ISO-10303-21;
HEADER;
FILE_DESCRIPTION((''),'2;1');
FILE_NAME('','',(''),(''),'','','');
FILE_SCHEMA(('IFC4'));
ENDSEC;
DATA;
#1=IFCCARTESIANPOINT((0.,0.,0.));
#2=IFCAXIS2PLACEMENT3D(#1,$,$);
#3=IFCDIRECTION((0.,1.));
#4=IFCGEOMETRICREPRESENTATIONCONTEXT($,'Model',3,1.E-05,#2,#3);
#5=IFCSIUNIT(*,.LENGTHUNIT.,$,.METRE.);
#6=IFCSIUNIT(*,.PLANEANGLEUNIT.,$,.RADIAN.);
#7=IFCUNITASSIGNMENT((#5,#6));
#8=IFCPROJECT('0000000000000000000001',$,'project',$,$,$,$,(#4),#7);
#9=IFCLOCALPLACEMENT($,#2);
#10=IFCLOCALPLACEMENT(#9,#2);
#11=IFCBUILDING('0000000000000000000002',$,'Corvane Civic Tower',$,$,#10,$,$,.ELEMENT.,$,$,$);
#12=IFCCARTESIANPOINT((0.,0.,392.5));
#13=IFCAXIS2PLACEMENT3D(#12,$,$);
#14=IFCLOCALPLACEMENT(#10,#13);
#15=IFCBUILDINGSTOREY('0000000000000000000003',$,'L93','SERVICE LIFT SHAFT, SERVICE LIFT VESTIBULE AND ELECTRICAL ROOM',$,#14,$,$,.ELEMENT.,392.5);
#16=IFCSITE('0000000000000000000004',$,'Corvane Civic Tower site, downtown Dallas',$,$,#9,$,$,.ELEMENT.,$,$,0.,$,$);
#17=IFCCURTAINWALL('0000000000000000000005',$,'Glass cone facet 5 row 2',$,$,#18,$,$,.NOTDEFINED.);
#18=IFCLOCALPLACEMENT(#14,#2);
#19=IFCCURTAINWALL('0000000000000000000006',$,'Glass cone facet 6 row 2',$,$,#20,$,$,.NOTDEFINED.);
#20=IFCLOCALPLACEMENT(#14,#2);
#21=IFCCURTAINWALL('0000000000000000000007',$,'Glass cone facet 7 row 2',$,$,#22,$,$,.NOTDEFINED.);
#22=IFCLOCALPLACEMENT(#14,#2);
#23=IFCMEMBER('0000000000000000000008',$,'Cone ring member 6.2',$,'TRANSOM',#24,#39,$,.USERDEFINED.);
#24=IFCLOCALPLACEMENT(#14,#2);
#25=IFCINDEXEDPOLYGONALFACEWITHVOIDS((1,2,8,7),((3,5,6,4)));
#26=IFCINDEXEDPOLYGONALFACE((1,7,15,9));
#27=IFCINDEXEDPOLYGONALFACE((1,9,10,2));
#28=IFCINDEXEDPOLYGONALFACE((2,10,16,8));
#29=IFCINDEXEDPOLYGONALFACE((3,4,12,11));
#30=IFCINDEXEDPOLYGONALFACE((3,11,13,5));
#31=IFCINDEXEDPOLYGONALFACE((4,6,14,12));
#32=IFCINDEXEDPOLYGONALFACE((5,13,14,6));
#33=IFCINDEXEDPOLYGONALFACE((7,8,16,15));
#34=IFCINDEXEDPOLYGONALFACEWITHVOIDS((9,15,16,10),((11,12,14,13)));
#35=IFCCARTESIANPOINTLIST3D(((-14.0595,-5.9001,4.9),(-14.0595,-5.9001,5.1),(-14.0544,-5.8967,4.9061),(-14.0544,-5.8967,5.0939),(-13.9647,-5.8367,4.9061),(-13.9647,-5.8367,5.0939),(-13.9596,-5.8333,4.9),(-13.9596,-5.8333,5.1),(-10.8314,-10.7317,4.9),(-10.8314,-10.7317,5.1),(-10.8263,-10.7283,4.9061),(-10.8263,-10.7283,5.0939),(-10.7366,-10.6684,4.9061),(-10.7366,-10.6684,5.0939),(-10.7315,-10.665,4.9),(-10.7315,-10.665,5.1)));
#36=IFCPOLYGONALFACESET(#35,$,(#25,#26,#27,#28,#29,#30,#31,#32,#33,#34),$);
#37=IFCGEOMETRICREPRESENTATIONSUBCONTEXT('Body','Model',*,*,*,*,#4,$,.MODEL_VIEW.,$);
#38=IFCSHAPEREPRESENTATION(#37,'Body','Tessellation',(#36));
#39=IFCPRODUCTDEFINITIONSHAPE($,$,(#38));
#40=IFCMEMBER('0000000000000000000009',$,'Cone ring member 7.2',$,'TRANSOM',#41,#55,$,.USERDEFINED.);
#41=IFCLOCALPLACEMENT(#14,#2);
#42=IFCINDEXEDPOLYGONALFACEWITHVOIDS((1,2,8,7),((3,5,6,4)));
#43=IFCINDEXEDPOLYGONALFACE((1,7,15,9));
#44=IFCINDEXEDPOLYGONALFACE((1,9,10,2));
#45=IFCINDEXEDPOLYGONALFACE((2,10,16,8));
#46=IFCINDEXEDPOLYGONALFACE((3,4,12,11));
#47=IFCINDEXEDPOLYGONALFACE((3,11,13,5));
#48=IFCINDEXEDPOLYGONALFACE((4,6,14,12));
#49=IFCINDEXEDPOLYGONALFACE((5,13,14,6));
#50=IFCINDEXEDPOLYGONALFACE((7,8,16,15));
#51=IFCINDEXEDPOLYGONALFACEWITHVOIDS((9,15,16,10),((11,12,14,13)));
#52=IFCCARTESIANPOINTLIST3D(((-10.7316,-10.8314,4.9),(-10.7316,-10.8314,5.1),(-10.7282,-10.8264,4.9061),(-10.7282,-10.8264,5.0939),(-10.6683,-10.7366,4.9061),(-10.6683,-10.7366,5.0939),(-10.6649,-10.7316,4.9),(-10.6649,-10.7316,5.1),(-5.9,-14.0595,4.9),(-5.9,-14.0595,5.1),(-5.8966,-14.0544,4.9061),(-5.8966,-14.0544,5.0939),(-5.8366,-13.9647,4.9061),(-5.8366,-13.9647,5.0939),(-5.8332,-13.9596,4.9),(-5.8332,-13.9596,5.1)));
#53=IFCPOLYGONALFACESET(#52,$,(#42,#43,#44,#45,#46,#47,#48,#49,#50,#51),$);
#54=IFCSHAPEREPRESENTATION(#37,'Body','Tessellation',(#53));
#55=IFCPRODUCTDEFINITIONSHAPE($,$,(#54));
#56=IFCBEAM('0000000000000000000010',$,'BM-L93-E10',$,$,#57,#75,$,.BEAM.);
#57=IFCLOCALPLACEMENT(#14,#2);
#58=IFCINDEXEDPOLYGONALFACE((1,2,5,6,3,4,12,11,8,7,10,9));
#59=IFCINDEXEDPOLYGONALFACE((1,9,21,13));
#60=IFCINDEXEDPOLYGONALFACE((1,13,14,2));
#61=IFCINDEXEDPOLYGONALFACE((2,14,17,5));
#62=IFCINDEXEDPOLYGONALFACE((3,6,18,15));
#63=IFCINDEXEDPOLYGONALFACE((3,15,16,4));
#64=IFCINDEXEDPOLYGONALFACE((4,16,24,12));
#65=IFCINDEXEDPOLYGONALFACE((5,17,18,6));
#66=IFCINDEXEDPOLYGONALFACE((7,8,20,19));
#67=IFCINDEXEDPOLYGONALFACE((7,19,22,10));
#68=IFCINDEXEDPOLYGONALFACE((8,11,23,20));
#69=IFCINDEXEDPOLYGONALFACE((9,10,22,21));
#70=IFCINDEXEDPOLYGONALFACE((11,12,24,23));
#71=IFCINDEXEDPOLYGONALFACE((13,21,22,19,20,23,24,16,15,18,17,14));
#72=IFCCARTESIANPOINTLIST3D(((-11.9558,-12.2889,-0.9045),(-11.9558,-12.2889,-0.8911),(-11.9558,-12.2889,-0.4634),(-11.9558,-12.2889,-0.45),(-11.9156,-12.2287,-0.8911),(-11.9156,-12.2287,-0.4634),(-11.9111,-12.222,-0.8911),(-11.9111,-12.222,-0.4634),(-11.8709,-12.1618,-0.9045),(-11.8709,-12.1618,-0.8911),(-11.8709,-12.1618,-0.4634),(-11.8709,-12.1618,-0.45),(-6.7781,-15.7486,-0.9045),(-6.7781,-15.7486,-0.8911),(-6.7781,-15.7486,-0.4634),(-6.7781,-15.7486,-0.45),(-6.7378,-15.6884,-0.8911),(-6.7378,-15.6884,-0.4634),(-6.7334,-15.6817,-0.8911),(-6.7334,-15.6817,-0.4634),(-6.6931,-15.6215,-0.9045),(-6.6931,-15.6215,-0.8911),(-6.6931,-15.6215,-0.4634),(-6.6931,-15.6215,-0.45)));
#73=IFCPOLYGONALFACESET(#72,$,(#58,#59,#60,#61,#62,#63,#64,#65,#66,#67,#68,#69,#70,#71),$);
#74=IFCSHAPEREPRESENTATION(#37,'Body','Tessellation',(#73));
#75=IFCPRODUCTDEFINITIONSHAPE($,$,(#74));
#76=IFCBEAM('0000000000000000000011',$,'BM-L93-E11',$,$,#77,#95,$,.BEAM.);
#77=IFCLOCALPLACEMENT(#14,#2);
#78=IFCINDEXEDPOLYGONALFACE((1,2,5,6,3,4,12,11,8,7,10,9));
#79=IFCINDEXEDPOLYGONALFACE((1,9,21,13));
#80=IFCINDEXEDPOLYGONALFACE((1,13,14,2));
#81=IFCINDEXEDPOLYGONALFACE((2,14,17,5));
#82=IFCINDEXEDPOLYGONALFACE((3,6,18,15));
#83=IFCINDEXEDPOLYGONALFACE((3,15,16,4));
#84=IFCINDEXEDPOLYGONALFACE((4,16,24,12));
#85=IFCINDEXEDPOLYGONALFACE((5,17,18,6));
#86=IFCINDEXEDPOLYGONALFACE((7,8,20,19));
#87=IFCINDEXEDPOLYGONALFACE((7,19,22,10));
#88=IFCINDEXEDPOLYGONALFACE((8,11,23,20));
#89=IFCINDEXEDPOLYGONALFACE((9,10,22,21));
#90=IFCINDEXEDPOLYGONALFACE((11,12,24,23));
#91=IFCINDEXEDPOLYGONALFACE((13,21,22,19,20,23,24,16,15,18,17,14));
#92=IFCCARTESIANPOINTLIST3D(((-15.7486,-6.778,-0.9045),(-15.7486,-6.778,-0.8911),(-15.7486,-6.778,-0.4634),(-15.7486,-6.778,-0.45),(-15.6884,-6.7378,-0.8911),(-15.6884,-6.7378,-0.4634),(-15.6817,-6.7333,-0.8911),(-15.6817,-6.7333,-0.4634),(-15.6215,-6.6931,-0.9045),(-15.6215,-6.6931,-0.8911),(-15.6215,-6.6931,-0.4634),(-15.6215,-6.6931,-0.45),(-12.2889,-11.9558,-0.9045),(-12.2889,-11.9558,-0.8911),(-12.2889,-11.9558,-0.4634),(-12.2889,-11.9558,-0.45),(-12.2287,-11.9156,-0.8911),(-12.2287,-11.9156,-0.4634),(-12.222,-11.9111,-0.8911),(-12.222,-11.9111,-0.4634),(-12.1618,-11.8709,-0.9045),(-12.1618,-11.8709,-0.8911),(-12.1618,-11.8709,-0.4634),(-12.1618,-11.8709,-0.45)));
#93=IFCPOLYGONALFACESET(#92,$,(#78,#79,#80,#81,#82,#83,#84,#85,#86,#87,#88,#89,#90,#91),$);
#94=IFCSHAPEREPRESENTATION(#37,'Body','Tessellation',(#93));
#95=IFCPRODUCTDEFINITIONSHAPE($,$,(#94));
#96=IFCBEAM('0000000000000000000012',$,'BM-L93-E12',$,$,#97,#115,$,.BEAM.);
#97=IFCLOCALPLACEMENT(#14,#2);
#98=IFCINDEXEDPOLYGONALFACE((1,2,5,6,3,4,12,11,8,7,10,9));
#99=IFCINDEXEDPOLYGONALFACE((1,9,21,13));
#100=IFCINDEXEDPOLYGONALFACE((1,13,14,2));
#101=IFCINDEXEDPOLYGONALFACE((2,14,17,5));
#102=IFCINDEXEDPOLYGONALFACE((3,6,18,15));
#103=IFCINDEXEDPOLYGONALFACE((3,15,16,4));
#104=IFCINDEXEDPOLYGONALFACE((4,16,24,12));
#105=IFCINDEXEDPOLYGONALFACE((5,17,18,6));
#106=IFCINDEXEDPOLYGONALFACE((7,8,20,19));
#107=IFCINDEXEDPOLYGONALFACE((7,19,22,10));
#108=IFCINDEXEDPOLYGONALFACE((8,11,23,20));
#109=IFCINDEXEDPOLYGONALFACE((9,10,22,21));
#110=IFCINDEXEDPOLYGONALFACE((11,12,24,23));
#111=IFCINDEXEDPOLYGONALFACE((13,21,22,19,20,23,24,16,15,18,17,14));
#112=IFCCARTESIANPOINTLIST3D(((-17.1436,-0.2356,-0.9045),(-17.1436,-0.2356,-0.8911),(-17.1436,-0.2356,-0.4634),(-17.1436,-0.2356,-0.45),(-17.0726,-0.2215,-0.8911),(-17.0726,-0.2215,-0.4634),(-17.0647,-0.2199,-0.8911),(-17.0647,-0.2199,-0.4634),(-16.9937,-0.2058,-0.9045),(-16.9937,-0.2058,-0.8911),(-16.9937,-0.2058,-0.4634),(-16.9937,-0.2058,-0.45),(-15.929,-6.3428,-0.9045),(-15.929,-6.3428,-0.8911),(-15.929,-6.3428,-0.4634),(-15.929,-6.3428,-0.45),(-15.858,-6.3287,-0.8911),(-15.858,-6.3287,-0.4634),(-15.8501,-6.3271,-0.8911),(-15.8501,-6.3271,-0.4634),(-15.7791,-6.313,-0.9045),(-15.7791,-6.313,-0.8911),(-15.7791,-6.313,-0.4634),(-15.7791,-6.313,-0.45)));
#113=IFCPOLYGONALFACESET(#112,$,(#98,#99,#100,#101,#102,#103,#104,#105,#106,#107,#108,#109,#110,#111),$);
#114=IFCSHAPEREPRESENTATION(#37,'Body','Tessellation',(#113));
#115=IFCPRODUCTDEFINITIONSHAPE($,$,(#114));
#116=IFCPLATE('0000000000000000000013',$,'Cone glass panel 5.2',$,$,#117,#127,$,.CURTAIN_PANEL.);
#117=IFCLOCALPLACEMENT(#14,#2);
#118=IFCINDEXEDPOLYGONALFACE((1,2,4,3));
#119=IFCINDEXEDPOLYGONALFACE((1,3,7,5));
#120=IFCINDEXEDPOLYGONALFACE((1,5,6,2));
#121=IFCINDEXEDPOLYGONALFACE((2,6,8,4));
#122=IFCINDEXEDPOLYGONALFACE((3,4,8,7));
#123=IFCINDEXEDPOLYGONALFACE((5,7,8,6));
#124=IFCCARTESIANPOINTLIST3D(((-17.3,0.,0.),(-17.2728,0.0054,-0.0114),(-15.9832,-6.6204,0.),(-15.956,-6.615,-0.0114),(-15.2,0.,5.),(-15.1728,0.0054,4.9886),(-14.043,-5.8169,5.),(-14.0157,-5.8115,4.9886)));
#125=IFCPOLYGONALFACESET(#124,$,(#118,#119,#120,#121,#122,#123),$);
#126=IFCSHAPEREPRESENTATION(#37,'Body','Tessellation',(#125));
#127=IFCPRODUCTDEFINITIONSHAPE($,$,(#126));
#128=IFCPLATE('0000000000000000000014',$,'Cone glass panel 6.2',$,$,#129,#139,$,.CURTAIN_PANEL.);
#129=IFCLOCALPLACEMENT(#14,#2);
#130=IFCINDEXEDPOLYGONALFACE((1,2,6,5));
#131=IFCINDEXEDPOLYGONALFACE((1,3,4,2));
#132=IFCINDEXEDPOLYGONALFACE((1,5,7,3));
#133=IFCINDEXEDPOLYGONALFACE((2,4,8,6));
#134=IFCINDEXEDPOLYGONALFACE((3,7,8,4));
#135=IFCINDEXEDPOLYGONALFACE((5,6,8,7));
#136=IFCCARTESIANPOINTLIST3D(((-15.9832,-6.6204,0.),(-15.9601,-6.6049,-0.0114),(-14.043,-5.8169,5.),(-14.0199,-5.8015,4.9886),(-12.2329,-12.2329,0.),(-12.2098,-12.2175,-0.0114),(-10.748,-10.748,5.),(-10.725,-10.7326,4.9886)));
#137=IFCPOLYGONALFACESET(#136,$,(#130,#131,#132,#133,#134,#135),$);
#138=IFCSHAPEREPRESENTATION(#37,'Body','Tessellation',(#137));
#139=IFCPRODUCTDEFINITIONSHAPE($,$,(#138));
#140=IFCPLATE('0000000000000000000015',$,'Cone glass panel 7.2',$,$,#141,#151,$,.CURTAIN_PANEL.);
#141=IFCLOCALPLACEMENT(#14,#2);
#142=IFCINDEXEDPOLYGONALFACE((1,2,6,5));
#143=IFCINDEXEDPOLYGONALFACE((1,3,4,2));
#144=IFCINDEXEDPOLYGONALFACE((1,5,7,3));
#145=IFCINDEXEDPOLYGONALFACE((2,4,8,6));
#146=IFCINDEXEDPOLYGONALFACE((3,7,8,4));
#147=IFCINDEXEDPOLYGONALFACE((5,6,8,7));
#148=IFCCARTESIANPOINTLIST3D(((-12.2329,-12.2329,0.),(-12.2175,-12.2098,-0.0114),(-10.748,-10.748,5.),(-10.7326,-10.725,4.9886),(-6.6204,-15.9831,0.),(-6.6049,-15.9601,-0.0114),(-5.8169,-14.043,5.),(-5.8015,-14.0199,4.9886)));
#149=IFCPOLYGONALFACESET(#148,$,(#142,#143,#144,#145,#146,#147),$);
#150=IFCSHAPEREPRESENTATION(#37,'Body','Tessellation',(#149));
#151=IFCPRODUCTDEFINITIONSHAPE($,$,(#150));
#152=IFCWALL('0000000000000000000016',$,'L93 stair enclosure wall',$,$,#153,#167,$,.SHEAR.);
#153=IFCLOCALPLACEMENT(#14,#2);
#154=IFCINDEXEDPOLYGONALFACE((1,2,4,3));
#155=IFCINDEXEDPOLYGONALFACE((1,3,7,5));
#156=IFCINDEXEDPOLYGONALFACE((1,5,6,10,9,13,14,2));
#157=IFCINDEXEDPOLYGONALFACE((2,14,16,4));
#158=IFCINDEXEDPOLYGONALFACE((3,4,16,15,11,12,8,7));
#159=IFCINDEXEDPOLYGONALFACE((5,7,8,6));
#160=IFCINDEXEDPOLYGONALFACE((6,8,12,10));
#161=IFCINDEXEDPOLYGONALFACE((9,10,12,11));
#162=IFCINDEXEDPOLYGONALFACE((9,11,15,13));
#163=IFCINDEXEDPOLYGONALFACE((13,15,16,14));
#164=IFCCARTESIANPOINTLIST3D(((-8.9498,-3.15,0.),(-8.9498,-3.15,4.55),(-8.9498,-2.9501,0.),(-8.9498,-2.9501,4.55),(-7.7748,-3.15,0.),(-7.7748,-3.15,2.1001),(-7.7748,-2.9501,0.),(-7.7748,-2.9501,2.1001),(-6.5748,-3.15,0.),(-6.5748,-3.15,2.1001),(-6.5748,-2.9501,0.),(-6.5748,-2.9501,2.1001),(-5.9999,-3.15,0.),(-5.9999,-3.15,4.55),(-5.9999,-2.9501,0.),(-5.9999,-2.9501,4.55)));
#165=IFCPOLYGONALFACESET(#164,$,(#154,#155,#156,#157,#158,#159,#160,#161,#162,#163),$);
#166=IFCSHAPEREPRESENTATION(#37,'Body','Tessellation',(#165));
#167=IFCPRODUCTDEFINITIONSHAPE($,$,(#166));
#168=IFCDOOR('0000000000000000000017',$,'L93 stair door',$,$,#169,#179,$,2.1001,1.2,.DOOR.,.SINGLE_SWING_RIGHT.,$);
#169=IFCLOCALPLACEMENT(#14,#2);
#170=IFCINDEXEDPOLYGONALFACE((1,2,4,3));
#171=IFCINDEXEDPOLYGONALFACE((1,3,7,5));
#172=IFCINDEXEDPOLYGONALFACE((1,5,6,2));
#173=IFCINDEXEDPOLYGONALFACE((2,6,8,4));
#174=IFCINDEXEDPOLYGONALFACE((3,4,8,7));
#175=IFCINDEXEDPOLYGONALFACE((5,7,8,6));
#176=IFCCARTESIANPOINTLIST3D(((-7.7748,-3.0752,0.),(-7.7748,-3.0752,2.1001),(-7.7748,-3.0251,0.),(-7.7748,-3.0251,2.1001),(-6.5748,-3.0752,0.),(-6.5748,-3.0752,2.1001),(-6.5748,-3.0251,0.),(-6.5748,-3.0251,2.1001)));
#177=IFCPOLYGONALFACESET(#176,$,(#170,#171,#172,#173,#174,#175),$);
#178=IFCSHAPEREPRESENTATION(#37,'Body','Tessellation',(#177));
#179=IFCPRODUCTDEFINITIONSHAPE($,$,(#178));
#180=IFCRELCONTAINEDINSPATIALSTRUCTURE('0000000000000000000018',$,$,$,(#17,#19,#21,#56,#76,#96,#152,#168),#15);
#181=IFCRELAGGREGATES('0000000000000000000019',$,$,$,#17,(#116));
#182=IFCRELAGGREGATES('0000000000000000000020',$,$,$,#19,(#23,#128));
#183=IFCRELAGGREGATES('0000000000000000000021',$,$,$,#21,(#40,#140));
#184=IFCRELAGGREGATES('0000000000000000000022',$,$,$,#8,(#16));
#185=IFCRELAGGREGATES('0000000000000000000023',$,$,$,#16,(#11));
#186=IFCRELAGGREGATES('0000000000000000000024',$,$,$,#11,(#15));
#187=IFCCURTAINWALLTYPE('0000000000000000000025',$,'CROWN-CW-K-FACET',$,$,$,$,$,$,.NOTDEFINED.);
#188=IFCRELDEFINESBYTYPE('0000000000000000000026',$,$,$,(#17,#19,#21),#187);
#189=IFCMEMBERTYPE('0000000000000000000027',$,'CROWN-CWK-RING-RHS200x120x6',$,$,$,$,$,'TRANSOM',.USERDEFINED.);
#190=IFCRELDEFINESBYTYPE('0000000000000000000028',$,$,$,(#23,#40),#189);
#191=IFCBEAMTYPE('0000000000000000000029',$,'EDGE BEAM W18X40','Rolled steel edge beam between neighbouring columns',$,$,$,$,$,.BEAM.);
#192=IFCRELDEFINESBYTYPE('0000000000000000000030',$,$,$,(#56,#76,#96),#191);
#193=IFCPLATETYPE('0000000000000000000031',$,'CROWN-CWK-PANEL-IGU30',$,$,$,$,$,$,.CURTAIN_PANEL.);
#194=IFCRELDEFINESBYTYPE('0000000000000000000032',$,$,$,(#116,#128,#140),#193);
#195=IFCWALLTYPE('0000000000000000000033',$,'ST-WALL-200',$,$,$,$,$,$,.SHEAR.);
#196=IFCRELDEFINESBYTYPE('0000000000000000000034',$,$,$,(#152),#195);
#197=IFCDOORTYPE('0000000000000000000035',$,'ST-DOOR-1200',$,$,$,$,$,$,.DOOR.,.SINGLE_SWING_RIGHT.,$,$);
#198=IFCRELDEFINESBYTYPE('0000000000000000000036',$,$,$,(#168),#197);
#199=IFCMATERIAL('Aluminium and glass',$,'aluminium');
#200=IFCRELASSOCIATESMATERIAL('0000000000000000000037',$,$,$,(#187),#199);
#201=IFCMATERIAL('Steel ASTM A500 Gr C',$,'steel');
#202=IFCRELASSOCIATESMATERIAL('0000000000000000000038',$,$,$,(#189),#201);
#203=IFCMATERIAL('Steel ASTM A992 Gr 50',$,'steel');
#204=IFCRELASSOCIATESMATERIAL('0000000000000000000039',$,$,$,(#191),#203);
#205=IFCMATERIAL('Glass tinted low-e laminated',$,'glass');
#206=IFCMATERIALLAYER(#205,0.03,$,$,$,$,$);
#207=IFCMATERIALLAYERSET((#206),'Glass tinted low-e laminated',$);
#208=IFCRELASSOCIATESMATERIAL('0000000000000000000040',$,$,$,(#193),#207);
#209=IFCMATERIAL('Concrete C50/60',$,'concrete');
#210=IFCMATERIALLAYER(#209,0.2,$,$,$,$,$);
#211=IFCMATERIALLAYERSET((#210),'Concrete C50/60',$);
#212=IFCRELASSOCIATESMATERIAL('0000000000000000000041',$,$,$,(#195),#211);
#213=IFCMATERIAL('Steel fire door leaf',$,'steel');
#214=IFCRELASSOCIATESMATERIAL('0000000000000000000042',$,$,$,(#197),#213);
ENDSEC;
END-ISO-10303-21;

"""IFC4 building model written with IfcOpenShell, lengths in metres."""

from ifc_helpers import new_model, si_unit, direction, frame, frame_2d, origin, origin_2d, place, context, subcontext, project, spatial, polyline, rectangle, hollow_rectangle, i_section, outline, extrude, material, layer, layer_set, material_profile, profile_set, type_object, element, fill, aggregate, save


model = new_model("IFC4")

# Units and contexts
model_context = context("Model", 3, precision=1e-05, world=origin(), true_north=direction((0.0, 1.0)))
body_context = subcontext(model_context, "Body", "Model", "MODEL_VIEW")
ifc_project = project(units=[si_unit("LENGTHUNIT", "METRE"), si_unit("PLANEANGLEUNIT", "RADIAN")], contexts=[model_context])

# Site, building, storey
site_placement = place(None, origin())
site = spatial("IfcSite", under=ifc_project, at=site_placement, Name="Corvane Civic Tower site, downtown Dallas", CompositionType="ELEMENT", RefElevation=0.0)
building_placement = place(site_placement, origin())
building = spatial("IfcBuilding", under=site, at=building_placement, Name="Corvane Civic Tower", CompositionType="ELEMENT")
storey_placement = place(building_placement, frame((0.0, 0.0, 392.5)))
storey = spatial("IfcBuildingStorey", under=building, at=storey_placement, Name="L93", Description="SERVICE LIFT SHAFT, SERVICE LIFT VESTIBULE AND ELECTRICAL ROOM", CompositionType="ELEMENT", Elevation=392.5)

# Curtain walls
ifc_material_1 = material(Name="Aluminium and glass", Category="aluminium")
curtain_wall_type = type_object("IfcCurtainWallType", Name="CROWN-CW-K-FACET", PredefinedType="NOTDEFINED", material=ifc_material_1)
curtain_wall_1_placement = place(storey_placement, origin())
curtain_wall_1 = element("IfcCurtainWall", 1, at=curtain_wall_1_placement, inside=storey, type_object=curtain_wall_type, Name="Glass cone facet 5 row 2", PredefinedType="NOTDEFINED")
curtain_wall_2_placement = place(storey_placement, origin())
curtain_wall_2 = element("IfcCurtainWall", 2, at=curtain_wall_2_placement, inside=storey, type_object=curtain_wall_type, Name="Glass cone facet 6 row 2", PredefinedType="NOTDEFINED")
curtain_wall_3_placement = place(storey_placement, origin())
curtain_wall_3 = element("IfcCurtainWall", 3, at=curtain_wall_3_placement, inside=storey, type_object=curtain_wall_type, Name="Glass cone facet 7 row 2", PredefinedType="NOTDEFINED")

# Members
ifc_material_2 = material(Name="Steel ASTM A500 Gr C", Category="steel")
ifc_material_profile_1 = material_profile(ifc_material_2, hollow_rectangle(XDim=0.1201, YDim=0.2, WallThickness=0.0061, at=origin_2d()), Name="RHS 200x120x6")
ifc_profile_set_1 = profile_set([ifc_material_profile_1], Name="Steel ASTM A500 Gr C")
member_type_1 = type_object("IfcMemberType", Name="CROWN-CWK-RING-RHS200x120x6", ElementType="TRANSOM", PredefinedType="USERDEFINED", material=ifc_profile_set_1)
member_1_placement = place(storey_placement, frame((-14.0095, -5.8667, 5.0), z_axis=(0.555534, -0.831494, 0.0), x_axis=(0.831494, 0.555534, 0.0)))
member_1 = element("IfcMember", 4, at=member_1_placement, type_object=member_type_1, Name="Cone ring member 6.2", ObjectType="TRANSOM", PredefinedType="USERDEFINED", context=body_context, shape_type="SweptSolid", body=[
    extrude(hollow_rectangle(XDim=0.1201, YDim=0.2, WallThickness=0.0061, at=origin_2d()), origin(), (0.0, 0.0, 1.0), 5.8108),
])
member_2_placement = place(storey_placement, frame((-10.6982, -10.7815, 5.0), z_axis=(0.831494, -0.555534, 0.0), x_axis=(0.555534, 0.831494, 0.0)))
member_2 = element("IfcMember", 5, at=member_2_placement, type_object=member_type_1, Name="Cone ring member 7.2", ObjectType="TRANSOM", PredefinedType="USERDEFINED", context=body_context, shape_type="SweptSolid", body=[
    extrude(hollow_rectangle(XDim=0.1201, YDim=0.2, WallThickness=0.0061, at=origin_2d()), origin(), (0.0, 0.0, 1.0), 5.8108),
])

# Beams
ifc_material_3 = material(Name="Steel ASTM A992 Gr 50", Category="steel")
ifc_material_profile_2 = material_profile(ifc_material_3, i_section(OverallWidth=0.1528, OverallDepth=0.4546, WebThickness=0.0081, FlangeThickness=0.0134, at=origin_2d()), Name="W18X40")
ifc_profile_set_2 = profile_set([ifc_material_profile_2], Name="Steel ASTM A992 Gr 50")
beam_type = type_object("IfcBeamType", Name="EDGE BEAM W18X40", Description="Rolled steel edge beam between neighbouring columns", PredefinedType="BEAM", material=ifc_profile_set_2)
for number, where, z_axis, x_axis, name in (
    (6, (-6.7356, -15.6851, -0.6772), (-0.831465, 0.555577, 0.0), (-0.555577, -0.831465, 0.0), "BM-L93-E10"),
    (7, (-12.2253, -11.9133, -0.6772), (-0.555577, 0.831465, 0.0), (-0.831465, -0.555577, 0.0), "BM-L93-E11"),
):
    element("IfcBeam", number, at=place(storey_placement, frame(where, z_axis=z_axis, x_axis=x_axis)), inside=storey, type_object=beam_type, Name=name, PredefinedType="BEAM", context=body_context, shape_type="SweptSolid", body=[
        extrude(i_section(OverallWidth=0.1528, OverallDepth=0.4546, WebThickness=0.0081, FlangeThickness=0.0134, at=origin_2d()), origin(), (0.0, 0.0, 1.0), 6.2273),
    ])
beam_placement = place(storey_placement, frame((-15.854, -6.3279, -0.6772), z_axis=(-0.19506, 0.980791, 0.0), x_axis=(-0.980791, -0.19506, 0.0)))
element("IfcBeam", 8, at=beam_placement, inside=storey, type_object=beam_type, Name="BM-L93-E12", PredefinedType="BEAM", context=body_context, shape_type="SweptSolid", body=[
    extrude(i_section(OverallWidth=0.1528, OverallDepth=0.4546, WebThickness=0.0081, FlangeThickness=0.0134, at=origin_2d()), origin(), (0.0, 0.0, 1.0), 6.2268),
])

# Plates
ifc_material_4 = material(Name="Glass tinted low-e laminated", Category="glass")
ifc_layer_1 = layer(ifc_material_4, 0.03)
ifc_layer_set_1 = layer_set([ifc_layer_1], Name="Glass tinted low-e laminated")
plate_type = type_object("IfcPlateType", Name="CROWN-CWK-PANEL-IGU30", PredefinedType="CURTAIN_PANEL", material=ifc_layer_set_1)
plate_1_placement = place(storey_placement, frame((-17.3, 0.0, 0.0), z_axis=(-0.906855, -0.180381, 0.380888), x_axis=(0.195088, -0.980786, 0.000002)))
plate_1 = element("IfcPlate", 9, at=plate_1_placement, type_object=plate_type, Name="Cone glass panel 5.2", PredefinedType="CURTAIN_PANEL", context=body_context, shape_type="SweptSolid", body=[
    extrude(outline(polyline([(0.0, 0.0), (6.7501, 0.0), (6.3406, 5.4076), (0.4097, 5.4076), (0.0, 0.0)])), origin(), (0.0, 0.0, -1.0), 0.03),
])
aggregate(curtain_wall_1, [plate_1])
plate_2_placement = place(storey_placement, frame((-15.9832, -6.6204, 0.0), z_axis=(-0.768798, -0.513701, 0.380869), x_axis=(0.555575, -0.831466, 0.0)))
plate_2 = element("IfcPlate", 10, at=plate_2_placement, type_object=plate_type, Name="Cone glass panel 6.2", PredefinedType="CURTAIN_PANEL", context=body_context, shape_type="SweptSolid", body=[
    extrude(outline(polyline([(0.0, 0.0), (6.7502, 0.0), (6.3405, 5.4076), (0.4099, 5.4076), (0.0, 0.0)])), origin(), (0.0, 0.0, -1.0), 0.03),
])
aggregate(curtain_wall_2, [member_1, plate_2])
plate_3_placement = place(storey_placement, frame((-12.2329, -12.2329, 0.0), z_axis=(-0.513701, -0.768798, 0.380869), x_axis=(0.831466, -0.555575, 0.0)))
plate_3 = element("IfcPlate", 11, at=plate_3_placement, type_object=plate_type, Name="Cone glass panel 7.2", PredefinedType="CURTAIN_PANEL", context=body_context, shape_type="SweptSolid", body=[
    extrude(outline(polyline([(0.0, 0.0), (6.7502, 0.0), (6.3403, 5.4076), (0.4097, 5.4076), (0.0, 0.0)])), origin(), (0.0, 0.0, -1.0), 0.03),
])
aggregate(curtain_wall_3, [member_2, plate_3])

# Wall, opening, door
ifc_material_5 = material(Name="Concrete C50/60", Category="concrete")
ifc_layer_2 = layer(ifc_material_5, 0.2)
ifc_layer_set_2 = layer_set([ifc_layer_2], Name="Concrete C50/60")
wall_type = type_object("IfcWallType", Name="ST-WALL-200", PredefinedType="SHEAR", material=ifc_layer_set_2)
wall_placement = place(storey_placement, frame((-8.95, -3.05, 0.0), z_axis=(0.0, 0.0, 1.0), x_axis=(1.0, 0.0, 0.0)))
wall = element("IfcWall", 12, at=wall_placement, inside=storey, type_object=wall_type, Name="L93 stair enclosure wall", PredefinedType="SHEAR", context=body_context, shape_type="SweptSolid", body=[
    extrude(rectangle(XDim=2.95, YDim=0.2, at=frame_2d((1.4751, 0.0))), origin(), (0.0, 0.0, 1.0), 4.55),
])
opening_placement = place(wall_placement, frame((1.175, 0.0, 0.0)))
opening = element("IfcOpeningElement", 13, at=opening_placement, cuts=wall, PredefinedType="OPENING", context=body_context, shape_type="SweptSolid", body=[
    extrude(rectangle(XDim=1.2, YDim=2.1001, at=frame_2d((0.6001, 1.05))), frame((0.0, 0.1099, 0.0), z_axis=(0.0, -1.0, 0.0), x_axis=(1.0, 0.0, 0.0)), (0.0, 0.0, 1.0), 0.22),
])
ifc_material_6 = material(Name="Steel fire door leaf", Category="steel")
door_type = type_object("IfcDoorType", Name="ST-DOOR-1200", OperationType="SINGLE_SWING_RIGHT", PredefinedType="DOOR", material=ifc_material_6)
door_placement = place(opening_placement, origin())
door = element("IfcDoor", 14, at=door_placement, inside=storey, type_object=door_type, Name="L93 stair door", OperationType="SINGLE_SWING_RIGHT", OverallHeight=2.1001, OverallWidth=1.2, PredefinedType="DOOR", context=body_context, shape_type="SweptSolid", body=[
    extrude(rectangle(XDim=1.2, YDim=2.1001, at=frame_2d((0.6001, 1.05))), frame((0.0, 0.0249, 0.0), z_axis=(0.0, -1.0, 0.0), x_axis=(1.0, 0.0, 0.0)), (0.0, 0.0, 1.0), 0.05),
])
fill(opening, door)

save(model, "model.ifc")
